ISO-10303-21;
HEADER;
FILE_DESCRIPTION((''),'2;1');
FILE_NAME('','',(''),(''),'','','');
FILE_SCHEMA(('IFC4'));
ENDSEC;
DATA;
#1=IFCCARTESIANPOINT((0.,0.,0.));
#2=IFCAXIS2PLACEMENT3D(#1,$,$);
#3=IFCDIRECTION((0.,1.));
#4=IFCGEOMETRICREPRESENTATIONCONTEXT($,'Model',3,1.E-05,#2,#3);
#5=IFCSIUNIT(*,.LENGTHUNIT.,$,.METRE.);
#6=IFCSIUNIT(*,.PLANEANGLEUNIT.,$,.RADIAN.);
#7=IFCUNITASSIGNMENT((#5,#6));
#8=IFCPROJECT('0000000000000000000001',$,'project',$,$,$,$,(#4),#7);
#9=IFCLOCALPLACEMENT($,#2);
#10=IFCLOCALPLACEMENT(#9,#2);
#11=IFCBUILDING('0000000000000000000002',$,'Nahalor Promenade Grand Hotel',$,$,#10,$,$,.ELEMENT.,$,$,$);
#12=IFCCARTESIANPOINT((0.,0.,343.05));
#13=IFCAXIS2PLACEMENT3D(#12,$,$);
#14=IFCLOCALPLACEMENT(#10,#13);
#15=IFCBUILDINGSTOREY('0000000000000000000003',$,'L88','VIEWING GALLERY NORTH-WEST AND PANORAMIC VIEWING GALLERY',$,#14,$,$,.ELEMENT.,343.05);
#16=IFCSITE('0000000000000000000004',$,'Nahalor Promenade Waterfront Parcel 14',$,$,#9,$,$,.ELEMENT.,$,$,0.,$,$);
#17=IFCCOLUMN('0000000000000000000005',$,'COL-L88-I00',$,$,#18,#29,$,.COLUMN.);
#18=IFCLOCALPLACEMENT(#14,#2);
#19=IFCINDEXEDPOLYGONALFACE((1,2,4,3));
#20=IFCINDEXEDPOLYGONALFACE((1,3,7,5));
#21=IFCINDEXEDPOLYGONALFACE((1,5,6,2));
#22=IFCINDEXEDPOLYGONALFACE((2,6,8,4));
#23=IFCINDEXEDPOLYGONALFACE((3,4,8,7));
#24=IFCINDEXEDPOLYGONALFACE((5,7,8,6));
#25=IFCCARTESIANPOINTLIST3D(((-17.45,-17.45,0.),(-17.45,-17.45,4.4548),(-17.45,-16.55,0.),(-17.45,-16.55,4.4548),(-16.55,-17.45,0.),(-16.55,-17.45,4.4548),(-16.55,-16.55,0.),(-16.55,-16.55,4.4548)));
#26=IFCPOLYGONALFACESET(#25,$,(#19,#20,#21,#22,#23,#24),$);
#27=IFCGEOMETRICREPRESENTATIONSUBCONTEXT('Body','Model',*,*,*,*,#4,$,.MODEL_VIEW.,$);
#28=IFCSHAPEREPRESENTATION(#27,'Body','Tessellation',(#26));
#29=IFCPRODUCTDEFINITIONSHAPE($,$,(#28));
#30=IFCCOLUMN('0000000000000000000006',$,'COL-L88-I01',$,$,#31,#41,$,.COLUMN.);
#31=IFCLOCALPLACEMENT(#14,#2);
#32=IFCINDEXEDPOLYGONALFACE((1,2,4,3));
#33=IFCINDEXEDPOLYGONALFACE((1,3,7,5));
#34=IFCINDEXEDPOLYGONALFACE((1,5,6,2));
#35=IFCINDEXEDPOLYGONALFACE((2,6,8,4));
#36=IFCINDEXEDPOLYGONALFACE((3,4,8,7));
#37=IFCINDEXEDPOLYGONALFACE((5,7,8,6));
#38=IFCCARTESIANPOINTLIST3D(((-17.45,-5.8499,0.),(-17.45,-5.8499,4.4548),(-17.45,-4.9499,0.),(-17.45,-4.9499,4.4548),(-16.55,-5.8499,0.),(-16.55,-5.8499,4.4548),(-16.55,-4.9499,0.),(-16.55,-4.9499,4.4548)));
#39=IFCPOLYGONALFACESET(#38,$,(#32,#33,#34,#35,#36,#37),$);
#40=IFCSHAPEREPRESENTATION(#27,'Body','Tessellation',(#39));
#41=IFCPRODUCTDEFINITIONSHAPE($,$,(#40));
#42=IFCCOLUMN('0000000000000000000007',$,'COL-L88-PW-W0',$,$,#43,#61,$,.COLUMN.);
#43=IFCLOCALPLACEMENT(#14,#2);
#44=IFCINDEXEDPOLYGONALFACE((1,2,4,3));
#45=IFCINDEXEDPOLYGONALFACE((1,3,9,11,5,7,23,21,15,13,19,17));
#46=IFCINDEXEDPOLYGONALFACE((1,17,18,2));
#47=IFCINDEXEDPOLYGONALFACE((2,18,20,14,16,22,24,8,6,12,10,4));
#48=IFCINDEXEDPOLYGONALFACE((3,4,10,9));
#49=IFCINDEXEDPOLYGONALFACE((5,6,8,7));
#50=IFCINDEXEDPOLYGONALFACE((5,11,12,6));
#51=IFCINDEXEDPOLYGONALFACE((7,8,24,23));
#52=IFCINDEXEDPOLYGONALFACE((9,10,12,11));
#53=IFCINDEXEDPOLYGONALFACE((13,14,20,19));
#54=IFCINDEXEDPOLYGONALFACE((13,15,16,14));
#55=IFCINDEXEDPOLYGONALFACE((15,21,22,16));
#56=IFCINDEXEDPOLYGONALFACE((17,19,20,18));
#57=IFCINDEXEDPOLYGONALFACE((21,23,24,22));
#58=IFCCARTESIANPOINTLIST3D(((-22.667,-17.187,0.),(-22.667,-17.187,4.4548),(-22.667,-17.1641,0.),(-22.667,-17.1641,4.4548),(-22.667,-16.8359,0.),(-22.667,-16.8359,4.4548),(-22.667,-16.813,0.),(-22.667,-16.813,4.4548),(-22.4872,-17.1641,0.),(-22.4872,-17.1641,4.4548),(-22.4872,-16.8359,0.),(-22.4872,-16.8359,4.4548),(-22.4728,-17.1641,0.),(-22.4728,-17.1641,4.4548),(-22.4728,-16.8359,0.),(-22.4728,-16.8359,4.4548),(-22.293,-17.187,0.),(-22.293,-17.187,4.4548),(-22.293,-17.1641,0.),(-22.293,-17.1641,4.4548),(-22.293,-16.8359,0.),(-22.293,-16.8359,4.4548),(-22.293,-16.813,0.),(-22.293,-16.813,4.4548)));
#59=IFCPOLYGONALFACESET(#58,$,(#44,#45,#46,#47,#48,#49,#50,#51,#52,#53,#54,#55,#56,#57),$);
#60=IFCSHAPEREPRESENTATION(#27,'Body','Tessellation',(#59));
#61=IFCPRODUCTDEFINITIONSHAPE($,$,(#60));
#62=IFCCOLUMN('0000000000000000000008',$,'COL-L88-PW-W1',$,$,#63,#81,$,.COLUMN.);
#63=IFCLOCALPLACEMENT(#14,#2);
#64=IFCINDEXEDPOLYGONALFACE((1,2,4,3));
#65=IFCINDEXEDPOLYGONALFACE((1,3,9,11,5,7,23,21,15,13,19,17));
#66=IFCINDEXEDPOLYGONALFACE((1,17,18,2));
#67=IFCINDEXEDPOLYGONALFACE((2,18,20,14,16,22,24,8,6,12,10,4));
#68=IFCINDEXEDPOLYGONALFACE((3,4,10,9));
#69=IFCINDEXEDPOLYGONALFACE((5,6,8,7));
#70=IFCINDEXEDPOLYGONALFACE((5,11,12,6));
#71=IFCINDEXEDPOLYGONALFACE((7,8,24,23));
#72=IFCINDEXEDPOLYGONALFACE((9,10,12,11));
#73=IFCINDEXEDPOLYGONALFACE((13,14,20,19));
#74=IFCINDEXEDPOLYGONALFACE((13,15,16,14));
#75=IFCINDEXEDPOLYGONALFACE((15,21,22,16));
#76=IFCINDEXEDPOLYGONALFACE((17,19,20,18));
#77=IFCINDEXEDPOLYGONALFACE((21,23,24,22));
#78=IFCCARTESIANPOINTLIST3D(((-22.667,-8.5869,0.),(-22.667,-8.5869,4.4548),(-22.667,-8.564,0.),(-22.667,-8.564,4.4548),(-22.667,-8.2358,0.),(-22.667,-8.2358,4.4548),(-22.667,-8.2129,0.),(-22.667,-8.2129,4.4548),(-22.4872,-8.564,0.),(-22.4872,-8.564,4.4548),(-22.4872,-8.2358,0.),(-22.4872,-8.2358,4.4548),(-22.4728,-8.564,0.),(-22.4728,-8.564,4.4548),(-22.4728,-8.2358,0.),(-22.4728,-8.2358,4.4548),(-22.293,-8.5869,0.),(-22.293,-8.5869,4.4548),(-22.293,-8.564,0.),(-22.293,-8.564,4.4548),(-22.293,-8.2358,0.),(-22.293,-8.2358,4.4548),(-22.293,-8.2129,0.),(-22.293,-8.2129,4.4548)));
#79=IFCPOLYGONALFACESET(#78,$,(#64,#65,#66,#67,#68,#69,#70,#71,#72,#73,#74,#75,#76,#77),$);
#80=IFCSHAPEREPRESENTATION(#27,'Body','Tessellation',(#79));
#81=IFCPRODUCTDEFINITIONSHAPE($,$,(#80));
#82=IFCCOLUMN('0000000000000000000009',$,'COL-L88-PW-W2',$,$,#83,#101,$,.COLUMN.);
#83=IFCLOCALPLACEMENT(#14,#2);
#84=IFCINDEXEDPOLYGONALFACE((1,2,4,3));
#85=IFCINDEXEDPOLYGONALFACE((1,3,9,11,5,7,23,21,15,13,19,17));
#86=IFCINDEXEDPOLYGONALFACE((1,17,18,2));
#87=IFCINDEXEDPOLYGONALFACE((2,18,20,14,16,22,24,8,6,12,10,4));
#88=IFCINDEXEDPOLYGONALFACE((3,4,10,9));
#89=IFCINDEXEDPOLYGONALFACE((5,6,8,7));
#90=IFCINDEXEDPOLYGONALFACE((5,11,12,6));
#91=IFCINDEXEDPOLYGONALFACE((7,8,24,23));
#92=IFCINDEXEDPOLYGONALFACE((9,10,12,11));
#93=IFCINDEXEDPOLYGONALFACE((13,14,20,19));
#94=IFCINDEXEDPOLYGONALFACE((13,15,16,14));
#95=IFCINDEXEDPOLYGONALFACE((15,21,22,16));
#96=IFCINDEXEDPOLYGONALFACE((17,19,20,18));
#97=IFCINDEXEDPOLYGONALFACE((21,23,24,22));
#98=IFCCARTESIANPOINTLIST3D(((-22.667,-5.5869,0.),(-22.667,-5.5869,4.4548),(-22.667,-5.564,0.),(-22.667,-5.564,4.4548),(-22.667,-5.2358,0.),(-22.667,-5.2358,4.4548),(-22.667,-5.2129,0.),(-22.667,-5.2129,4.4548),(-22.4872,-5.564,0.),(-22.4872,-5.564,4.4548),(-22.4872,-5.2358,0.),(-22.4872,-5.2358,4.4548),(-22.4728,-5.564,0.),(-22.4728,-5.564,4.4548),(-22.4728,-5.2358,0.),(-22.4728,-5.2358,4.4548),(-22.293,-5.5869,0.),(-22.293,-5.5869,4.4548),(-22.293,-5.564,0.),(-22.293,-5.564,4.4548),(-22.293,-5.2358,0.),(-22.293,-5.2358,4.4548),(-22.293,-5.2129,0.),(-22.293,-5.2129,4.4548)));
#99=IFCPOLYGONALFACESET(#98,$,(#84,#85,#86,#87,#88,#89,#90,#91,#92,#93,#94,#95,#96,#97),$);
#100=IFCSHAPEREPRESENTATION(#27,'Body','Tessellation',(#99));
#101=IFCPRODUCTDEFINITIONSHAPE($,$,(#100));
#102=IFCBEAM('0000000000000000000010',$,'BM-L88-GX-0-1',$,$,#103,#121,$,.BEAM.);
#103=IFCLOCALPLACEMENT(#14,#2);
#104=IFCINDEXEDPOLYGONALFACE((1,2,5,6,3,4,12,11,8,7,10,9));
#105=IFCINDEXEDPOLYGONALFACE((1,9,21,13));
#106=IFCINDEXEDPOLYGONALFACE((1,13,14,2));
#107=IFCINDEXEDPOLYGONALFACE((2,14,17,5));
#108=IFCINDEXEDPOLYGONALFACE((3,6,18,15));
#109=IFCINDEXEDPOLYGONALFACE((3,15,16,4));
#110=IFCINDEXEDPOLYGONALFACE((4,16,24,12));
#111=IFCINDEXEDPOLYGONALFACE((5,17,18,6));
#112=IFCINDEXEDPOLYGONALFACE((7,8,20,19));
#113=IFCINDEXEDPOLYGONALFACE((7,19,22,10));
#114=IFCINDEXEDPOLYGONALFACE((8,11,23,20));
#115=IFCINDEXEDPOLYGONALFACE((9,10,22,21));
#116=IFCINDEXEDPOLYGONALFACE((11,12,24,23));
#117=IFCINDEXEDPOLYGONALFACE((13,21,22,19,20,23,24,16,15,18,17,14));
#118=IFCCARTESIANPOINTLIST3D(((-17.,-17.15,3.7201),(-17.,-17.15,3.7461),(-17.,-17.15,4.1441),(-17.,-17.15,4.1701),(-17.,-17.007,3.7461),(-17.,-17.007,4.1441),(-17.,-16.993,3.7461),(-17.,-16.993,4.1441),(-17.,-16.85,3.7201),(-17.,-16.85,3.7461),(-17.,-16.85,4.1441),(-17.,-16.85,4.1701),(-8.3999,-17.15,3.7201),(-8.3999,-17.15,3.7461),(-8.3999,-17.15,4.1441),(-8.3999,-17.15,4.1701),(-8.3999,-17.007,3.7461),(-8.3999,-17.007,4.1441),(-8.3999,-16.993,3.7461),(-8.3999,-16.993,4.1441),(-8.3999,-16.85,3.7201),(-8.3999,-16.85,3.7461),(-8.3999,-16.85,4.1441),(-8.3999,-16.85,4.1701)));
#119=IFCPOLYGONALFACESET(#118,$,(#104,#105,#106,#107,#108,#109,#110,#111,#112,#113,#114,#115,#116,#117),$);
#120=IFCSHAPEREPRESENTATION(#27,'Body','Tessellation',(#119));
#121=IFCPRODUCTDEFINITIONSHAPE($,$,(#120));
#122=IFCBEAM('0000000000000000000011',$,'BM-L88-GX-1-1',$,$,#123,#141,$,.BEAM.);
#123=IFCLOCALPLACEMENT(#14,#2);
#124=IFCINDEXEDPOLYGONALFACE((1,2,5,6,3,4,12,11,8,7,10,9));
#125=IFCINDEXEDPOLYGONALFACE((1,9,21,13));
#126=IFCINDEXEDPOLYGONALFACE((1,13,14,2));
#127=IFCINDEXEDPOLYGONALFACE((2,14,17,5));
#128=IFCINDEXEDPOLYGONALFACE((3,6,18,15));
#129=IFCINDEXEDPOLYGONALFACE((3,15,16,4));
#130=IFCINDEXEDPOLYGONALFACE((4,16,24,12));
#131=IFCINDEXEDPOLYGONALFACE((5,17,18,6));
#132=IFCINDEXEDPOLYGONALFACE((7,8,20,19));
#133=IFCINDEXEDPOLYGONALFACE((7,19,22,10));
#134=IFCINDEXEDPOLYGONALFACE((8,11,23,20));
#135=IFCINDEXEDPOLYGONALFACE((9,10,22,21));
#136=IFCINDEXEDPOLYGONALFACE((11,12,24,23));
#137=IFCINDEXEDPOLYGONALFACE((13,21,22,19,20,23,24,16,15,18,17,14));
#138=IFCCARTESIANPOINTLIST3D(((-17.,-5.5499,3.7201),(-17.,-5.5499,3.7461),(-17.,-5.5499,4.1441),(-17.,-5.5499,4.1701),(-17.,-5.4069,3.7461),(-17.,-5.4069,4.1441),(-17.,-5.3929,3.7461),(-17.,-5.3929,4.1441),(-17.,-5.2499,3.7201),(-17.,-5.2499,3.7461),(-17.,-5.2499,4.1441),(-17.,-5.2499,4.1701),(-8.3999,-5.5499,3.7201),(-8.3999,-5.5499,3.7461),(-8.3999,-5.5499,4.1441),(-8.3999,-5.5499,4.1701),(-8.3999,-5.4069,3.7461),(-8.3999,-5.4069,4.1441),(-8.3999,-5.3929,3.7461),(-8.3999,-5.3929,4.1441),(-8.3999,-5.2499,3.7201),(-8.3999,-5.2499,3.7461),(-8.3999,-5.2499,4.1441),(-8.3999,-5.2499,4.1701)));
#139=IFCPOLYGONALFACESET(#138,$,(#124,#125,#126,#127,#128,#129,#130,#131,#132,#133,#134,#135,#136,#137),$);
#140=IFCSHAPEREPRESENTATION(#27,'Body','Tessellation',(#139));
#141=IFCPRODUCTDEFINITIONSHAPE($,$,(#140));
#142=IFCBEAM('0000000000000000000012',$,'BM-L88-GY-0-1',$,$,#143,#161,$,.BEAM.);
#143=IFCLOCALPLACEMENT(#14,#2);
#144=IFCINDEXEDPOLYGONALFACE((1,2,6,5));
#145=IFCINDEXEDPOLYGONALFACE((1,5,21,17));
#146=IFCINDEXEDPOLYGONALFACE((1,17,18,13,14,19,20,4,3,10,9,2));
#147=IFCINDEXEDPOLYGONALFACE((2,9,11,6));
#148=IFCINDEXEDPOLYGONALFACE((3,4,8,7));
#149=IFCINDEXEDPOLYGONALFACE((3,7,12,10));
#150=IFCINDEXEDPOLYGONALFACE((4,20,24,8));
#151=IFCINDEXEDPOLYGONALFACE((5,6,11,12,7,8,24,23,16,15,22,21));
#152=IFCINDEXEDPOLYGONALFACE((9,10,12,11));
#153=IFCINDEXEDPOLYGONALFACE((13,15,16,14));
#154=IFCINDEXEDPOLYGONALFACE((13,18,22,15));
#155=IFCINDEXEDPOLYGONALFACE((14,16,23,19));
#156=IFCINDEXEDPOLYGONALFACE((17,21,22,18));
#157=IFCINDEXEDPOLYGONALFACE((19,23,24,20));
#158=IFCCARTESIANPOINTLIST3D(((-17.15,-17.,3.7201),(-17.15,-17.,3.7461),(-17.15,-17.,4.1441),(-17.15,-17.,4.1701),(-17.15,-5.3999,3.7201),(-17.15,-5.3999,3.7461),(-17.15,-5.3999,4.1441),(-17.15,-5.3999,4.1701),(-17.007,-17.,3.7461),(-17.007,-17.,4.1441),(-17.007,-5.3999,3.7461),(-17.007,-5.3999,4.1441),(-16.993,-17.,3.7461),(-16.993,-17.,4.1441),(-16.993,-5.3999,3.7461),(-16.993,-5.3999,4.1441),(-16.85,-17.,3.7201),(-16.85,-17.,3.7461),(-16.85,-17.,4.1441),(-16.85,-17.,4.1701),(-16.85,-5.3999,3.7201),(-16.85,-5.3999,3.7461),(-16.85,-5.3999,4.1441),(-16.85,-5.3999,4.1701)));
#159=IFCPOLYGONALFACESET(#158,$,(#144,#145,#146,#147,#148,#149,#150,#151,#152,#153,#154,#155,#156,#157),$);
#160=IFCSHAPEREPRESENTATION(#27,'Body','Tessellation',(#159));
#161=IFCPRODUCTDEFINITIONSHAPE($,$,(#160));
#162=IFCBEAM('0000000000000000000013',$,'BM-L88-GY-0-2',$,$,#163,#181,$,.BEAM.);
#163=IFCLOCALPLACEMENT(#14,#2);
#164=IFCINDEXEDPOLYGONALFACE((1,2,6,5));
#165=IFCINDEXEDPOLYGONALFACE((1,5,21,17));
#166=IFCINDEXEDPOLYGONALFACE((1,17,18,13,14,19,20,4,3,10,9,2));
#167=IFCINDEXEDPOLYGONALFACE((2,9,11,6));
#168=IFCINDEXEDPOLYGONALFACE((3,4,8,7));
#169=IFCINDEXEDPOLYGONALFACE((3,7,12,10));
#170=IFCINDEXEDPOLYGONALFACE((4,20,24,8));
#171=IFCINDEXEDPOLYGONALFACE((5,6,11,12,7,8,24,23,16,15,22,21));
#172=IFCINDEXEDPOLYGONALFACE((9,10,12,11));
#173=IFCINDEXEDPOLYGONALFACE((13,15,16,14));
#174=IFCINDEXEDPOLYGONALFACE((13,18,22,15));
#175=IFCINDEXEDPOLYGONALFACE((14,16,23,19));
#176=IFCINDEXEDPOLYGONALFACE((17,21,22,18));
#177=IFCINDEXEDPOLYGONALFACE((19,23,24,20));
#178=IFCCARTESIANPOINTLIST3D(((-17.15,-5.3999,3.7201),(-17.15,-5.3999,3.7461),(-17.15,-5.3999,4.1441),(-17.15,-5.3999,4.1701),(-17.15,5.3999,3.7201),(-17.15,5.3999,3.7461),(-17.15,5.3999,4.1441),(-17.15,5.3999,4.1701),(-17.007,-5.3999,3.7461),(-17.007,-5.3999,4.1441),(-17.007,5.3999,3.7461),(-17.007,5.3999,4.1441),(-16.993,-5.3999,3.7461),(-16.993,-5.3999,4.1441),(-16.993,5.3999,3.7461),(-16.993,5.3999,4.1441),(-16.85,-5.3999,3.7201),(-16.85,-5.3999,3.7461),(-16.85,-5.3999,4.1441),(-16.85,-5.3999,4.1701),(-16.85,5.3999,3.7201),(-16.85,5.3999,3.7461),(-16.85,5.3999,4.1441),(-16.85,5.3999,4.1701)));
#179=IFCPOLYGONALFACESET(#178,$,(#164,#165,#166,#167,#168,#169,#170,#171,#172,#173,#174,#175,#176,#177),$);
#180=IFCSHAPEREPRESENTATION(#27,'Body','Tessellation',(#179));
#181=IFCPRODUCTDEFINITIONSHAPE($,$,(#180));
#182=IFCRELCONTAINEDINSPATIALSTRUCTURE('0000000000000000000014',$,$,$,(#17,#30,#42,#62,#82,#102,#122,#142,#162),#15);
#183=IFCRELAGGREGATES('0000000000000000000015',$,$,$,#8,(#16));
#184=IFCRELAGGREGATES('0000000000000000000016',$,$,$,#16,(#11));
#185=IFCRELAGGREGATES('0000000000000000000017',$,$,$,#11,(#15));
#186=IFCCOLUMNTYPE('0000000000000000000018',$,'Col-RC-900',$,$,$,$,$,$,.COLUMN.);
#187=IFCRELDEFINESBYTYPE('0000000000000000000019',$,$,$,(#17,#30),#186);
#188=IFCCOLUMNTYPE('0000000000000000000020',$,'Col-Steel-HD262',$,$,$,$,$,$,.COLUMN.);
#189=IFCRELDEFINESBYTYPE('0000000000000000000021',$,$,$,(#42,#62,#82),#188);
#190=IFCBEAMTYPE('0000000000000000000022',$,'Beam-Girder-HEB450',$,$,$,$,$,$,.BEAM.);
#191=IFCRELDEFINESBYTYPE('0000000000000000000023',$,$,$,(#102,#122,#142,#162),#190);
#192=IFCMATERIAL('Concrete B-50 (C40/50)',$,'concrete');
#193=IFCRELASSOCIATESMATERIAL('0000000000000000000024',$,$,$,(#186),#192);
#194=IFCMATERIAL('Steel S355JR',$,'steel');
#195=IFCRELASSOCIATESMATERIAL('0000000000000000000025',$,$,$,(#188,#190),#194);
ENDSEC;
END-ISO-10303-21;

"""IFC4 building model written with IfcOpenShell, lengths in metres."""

from ifc_helpers import new_model, si_unit, direction, frame, origin, origin_2d, place, context, subcontext, project, spatial, rectangle, i_section, extrude, source, transform, mapped, material, material_profile, profile_set, type_object, element, save


model = new_model("IFC4")

# Units and contexts
model_context = context("Model", 3, precision=1e-05, world=origin(), true_north=direction((0.0, 1.0)))
body_context = subcontext(model_context, "Body", "Model", "MODEL_VIEW")
ifc_project = project(units=[si_unit("LENGTHUNIT", "METRE"), si_unit("PLANEANGLEUNIT", "RADIAN")], contexts=[model_context])

# Site, building, storey
site_placement = place(None, origin())
site = spatial("IfcSite", under=ifc_project, at=site_placement, Name="Nahalor Promenade Waterfront Parcel 14", CompositionType="ELEMENT", RefElevation=0.0)
building_placement = place(site_placement, origin())
building = spatial("IfcBuilding", under=site, at=building_placement, Name="Nahalor Promenade Grand Hotel", CompositionType="ELEMENT")
storey_placement = place(building_placement, frame((0.0, 0.0, 343.05)))
storey = spatial("IfcBuildingStorey", under=building, at=storey_placement, Name="L88", Description="VIEWING GALLERY NORTH-WEST AND PANORAMIC VIEWING GALLERY", CompositionType="ELEMENT", Elevation=343.05)

# Columns
ifc_material_1 = material(Name="Concrete B-50 (C40/50)", Category="concrete")
ifc_material_profile_1 = material_profile(ifc_material_1, rectangle(XDim=0.9, YDim=0.9, at=origin_2d()), Name="RC 900x900")
ifc_profile_set_1 = profile_set([ifc_material_profile_1], Name="Concrete B-50 (C40/50)")
column_type_1 = type_object("IfcColumnType", Name="Col-RC-900", PredefinedType="COLUMN", material=ifc_profile_set_1)
shared_shape_1 = source(origin(), body_context, "Body", "SweptSolid", [
    extrude(rectangle(XDim=0.9, YDim=0.9, at=origin_2d()), origin(), (0.0, 0.0, 1.0), 4.4548),
])
for number, where, z_axis, x_axis, name in (
    (1, (-17.0, -17.0, 0.0), (0.0, 0.0, 1.0), (1.0, 0.0, 0.0), "COL-L88-I00"),
    (2, (-17.0, -5.3999, 0.0), (0.0, 0.0, 1.0), (1.0, 0.0, 0.0), "COL-L88-I01"),
):
    element("IfcColumn", number, at=place(storey_placement, frame(where, z_axis=z_axis, x_axis=x_axis)), inside=storey, type_object=column_type_1, Name=name, PredefinedType="COLUMN", context=body_context, shape_type="MappedRepresentation", body=[
        mapped(shared_shape_1, transform((0.0, 0.0, 0.0), scale=1.0)),
    ])
ifc_material_2 = material(Name="Steel S355JR", Category="steel")
ifc_material_profile_2 = material_profile(ifc_material_2, i_section(OverallWidth=0.374, OverallDepth=0.374, WebThickness=0.0144, FlangeThickness=0.0229, at=origin_2d()), Name="HD 360x262")
ifc_profile_set_2 = profile_set([ifc_material_profile_2], Name="Steel S355JR")
column_type_2 = type_object("IfcColumnType", Name="Col-Steel-HD262", PredefinedType="COLUMN", material=ifc_profile_set_2)
shared_shape_2 = source(origin(), body_context, "Body", "SweptSolid", [
    extrude(i_section(OverallWidth=0.374, OverallDepth=0.374, WebThickness=0.0144, FlangeThickness=0.0229, at=origin_2d()), origin(), (0.0, 0.0, 1.0), 4.4548),
])
for number, where, z_axis, x_axis, name in (
    (3, (-22.48, -17.0, 0.0), (0.0, 0.0, 1.0), (1.0, 0.0, 0.0), "COL-L88-PW-W0"),
    (4, (-22.48, -8.3999, 0.0), (0.0, 0.0, 1.0), (1.0, 0.0, 0.0), "COL-L88-PW-W1"),
    (5, (-22.48, -5.3999, 0.0), (0.0, 0.0, 1.0), (1.0, 0.0, 0.0), "COL-L88-PW-W2"),
):
    element("IfcColumn", number, at=place(storey_placement, frame(where, z_axis=z_axis, x_axis=x_axis)), inside=storey, type_object=column_type_2, Name=name, PredefinedType="COLUMN", context=body_context, shape_type="MappedRepresentation", body=[
        mapped(shared_shape_2, transform((0.0, 0.0, 0.0), scale=1.0)),
    ])

# Beams
ifc_material_profile_3 = material_profile(ifc_material_2, i_section(OverallWidth=0.3, OverallDepth=0.45, WebThickness=0.014, FlangeThickness=0.026, at=origin_2d()), Name="HEB 450")
ifc_profile_set_3 = profile_set([ifc_material_profile_3], Name="Steel S355JR")
beam_type_1 = type_object("IfcBeamType", Name="Beam-Girder-HEB450", PredefinedType="BEAM", material=ifc_profile_set_3)
shared_shape_3 = source(origin(), body_context, "Body", "SweptSolid", [
    extrude(i_section(OverallWidth=0.3, OverallDepth=0.45, WebThickness=0.014, FlangeThickness=0.026, at=origin_2d()), origin(), (0.0, 0.0, 1.0), 8.6001),
])
for number, where, z_axis, x_axis, name in (
    (6, (-17.0, -17.0, 3.9451), (1.0, 0.0, 0.0), (0.0, 1.0, 0.0), "BM-L88-GX-0-1"),
    (7, (-17.0, -5.3999, 3.9451), (1.0, 0.0, 0.0), (0.0, 1.0, 0.0), "BM-L88-GX-1-1"),
):
    element("IfcBeam", number, at=place(storey_placement, frame(where, z_axis=z_axis, x_axis=x_axis)), inside=storey, type_object=beam_type_1, Name=name, PredefinedType="BEAM", context=body_context, shape_type="MappedRepresentation", body=[
        mapped(shared_shape_3, transform((0.0, 0.0, 0.0), scale=1.0)),
    ])
shared_shape_4 = source(origin(), body_context, "Body", "SweptSolid", [
    extrude(i_section(OverallWidth=0.3, OverallDepth=0.45, WebThickness=0.014, FlangeThickness=0.026, at=origin_2d()), origin(), (0.0, 0.0, 1.0), 11.6001),
])
beam_1_placement = place(storey_placement, frame((-17.0, -17.0, 3.9451), z_axis=(0.0, 1.0, 0.0), x_axis=(-1.0, 0.0, 0.0)))
element("IfcBeam", 8, at=beam_1_placement, inside=storey, type_object=beam_type_1, Name="BM-L88-GY-0-1", PredefinedType="BEAM", context=body_context, shape_type="MappedRepresentation", body=[
    mapped(shared_shape_4, transform((0.0, 0.0, 0.0), scale=1.0)),
])
shared_shape_5 = source(origin(), body_context, "Body", "SweptSolid", [
    extrude(i_section(OverallWidth=0.3, OverallDepth=0.45, WebThickness=0.014, FlangeThickness=0.026, at=origin_2d()), origin(), (0.0, 0.0, 1.0), 10.7998),
])
beam_2_placement = place(storey_placement, frame((-17.0, -5.3999, 3.9451), z_axis=(0.0, 1.0, 0.0), x_axis=(-1.0, 0.0, 0.0)))
element("IfcBeam", 9, at=beam_2_placement, inside=storey, type_object=beam_type_1, Name="BM-L88-GY-0-2", PredefinedType="BEAM", context=body_context, shape_type="MappedRepresentation", body=[
    mapped(shared_shape_5, transform((0.0, 0.0, 0.0), scale=1.0)),
])

save(model, "model.ifc")
